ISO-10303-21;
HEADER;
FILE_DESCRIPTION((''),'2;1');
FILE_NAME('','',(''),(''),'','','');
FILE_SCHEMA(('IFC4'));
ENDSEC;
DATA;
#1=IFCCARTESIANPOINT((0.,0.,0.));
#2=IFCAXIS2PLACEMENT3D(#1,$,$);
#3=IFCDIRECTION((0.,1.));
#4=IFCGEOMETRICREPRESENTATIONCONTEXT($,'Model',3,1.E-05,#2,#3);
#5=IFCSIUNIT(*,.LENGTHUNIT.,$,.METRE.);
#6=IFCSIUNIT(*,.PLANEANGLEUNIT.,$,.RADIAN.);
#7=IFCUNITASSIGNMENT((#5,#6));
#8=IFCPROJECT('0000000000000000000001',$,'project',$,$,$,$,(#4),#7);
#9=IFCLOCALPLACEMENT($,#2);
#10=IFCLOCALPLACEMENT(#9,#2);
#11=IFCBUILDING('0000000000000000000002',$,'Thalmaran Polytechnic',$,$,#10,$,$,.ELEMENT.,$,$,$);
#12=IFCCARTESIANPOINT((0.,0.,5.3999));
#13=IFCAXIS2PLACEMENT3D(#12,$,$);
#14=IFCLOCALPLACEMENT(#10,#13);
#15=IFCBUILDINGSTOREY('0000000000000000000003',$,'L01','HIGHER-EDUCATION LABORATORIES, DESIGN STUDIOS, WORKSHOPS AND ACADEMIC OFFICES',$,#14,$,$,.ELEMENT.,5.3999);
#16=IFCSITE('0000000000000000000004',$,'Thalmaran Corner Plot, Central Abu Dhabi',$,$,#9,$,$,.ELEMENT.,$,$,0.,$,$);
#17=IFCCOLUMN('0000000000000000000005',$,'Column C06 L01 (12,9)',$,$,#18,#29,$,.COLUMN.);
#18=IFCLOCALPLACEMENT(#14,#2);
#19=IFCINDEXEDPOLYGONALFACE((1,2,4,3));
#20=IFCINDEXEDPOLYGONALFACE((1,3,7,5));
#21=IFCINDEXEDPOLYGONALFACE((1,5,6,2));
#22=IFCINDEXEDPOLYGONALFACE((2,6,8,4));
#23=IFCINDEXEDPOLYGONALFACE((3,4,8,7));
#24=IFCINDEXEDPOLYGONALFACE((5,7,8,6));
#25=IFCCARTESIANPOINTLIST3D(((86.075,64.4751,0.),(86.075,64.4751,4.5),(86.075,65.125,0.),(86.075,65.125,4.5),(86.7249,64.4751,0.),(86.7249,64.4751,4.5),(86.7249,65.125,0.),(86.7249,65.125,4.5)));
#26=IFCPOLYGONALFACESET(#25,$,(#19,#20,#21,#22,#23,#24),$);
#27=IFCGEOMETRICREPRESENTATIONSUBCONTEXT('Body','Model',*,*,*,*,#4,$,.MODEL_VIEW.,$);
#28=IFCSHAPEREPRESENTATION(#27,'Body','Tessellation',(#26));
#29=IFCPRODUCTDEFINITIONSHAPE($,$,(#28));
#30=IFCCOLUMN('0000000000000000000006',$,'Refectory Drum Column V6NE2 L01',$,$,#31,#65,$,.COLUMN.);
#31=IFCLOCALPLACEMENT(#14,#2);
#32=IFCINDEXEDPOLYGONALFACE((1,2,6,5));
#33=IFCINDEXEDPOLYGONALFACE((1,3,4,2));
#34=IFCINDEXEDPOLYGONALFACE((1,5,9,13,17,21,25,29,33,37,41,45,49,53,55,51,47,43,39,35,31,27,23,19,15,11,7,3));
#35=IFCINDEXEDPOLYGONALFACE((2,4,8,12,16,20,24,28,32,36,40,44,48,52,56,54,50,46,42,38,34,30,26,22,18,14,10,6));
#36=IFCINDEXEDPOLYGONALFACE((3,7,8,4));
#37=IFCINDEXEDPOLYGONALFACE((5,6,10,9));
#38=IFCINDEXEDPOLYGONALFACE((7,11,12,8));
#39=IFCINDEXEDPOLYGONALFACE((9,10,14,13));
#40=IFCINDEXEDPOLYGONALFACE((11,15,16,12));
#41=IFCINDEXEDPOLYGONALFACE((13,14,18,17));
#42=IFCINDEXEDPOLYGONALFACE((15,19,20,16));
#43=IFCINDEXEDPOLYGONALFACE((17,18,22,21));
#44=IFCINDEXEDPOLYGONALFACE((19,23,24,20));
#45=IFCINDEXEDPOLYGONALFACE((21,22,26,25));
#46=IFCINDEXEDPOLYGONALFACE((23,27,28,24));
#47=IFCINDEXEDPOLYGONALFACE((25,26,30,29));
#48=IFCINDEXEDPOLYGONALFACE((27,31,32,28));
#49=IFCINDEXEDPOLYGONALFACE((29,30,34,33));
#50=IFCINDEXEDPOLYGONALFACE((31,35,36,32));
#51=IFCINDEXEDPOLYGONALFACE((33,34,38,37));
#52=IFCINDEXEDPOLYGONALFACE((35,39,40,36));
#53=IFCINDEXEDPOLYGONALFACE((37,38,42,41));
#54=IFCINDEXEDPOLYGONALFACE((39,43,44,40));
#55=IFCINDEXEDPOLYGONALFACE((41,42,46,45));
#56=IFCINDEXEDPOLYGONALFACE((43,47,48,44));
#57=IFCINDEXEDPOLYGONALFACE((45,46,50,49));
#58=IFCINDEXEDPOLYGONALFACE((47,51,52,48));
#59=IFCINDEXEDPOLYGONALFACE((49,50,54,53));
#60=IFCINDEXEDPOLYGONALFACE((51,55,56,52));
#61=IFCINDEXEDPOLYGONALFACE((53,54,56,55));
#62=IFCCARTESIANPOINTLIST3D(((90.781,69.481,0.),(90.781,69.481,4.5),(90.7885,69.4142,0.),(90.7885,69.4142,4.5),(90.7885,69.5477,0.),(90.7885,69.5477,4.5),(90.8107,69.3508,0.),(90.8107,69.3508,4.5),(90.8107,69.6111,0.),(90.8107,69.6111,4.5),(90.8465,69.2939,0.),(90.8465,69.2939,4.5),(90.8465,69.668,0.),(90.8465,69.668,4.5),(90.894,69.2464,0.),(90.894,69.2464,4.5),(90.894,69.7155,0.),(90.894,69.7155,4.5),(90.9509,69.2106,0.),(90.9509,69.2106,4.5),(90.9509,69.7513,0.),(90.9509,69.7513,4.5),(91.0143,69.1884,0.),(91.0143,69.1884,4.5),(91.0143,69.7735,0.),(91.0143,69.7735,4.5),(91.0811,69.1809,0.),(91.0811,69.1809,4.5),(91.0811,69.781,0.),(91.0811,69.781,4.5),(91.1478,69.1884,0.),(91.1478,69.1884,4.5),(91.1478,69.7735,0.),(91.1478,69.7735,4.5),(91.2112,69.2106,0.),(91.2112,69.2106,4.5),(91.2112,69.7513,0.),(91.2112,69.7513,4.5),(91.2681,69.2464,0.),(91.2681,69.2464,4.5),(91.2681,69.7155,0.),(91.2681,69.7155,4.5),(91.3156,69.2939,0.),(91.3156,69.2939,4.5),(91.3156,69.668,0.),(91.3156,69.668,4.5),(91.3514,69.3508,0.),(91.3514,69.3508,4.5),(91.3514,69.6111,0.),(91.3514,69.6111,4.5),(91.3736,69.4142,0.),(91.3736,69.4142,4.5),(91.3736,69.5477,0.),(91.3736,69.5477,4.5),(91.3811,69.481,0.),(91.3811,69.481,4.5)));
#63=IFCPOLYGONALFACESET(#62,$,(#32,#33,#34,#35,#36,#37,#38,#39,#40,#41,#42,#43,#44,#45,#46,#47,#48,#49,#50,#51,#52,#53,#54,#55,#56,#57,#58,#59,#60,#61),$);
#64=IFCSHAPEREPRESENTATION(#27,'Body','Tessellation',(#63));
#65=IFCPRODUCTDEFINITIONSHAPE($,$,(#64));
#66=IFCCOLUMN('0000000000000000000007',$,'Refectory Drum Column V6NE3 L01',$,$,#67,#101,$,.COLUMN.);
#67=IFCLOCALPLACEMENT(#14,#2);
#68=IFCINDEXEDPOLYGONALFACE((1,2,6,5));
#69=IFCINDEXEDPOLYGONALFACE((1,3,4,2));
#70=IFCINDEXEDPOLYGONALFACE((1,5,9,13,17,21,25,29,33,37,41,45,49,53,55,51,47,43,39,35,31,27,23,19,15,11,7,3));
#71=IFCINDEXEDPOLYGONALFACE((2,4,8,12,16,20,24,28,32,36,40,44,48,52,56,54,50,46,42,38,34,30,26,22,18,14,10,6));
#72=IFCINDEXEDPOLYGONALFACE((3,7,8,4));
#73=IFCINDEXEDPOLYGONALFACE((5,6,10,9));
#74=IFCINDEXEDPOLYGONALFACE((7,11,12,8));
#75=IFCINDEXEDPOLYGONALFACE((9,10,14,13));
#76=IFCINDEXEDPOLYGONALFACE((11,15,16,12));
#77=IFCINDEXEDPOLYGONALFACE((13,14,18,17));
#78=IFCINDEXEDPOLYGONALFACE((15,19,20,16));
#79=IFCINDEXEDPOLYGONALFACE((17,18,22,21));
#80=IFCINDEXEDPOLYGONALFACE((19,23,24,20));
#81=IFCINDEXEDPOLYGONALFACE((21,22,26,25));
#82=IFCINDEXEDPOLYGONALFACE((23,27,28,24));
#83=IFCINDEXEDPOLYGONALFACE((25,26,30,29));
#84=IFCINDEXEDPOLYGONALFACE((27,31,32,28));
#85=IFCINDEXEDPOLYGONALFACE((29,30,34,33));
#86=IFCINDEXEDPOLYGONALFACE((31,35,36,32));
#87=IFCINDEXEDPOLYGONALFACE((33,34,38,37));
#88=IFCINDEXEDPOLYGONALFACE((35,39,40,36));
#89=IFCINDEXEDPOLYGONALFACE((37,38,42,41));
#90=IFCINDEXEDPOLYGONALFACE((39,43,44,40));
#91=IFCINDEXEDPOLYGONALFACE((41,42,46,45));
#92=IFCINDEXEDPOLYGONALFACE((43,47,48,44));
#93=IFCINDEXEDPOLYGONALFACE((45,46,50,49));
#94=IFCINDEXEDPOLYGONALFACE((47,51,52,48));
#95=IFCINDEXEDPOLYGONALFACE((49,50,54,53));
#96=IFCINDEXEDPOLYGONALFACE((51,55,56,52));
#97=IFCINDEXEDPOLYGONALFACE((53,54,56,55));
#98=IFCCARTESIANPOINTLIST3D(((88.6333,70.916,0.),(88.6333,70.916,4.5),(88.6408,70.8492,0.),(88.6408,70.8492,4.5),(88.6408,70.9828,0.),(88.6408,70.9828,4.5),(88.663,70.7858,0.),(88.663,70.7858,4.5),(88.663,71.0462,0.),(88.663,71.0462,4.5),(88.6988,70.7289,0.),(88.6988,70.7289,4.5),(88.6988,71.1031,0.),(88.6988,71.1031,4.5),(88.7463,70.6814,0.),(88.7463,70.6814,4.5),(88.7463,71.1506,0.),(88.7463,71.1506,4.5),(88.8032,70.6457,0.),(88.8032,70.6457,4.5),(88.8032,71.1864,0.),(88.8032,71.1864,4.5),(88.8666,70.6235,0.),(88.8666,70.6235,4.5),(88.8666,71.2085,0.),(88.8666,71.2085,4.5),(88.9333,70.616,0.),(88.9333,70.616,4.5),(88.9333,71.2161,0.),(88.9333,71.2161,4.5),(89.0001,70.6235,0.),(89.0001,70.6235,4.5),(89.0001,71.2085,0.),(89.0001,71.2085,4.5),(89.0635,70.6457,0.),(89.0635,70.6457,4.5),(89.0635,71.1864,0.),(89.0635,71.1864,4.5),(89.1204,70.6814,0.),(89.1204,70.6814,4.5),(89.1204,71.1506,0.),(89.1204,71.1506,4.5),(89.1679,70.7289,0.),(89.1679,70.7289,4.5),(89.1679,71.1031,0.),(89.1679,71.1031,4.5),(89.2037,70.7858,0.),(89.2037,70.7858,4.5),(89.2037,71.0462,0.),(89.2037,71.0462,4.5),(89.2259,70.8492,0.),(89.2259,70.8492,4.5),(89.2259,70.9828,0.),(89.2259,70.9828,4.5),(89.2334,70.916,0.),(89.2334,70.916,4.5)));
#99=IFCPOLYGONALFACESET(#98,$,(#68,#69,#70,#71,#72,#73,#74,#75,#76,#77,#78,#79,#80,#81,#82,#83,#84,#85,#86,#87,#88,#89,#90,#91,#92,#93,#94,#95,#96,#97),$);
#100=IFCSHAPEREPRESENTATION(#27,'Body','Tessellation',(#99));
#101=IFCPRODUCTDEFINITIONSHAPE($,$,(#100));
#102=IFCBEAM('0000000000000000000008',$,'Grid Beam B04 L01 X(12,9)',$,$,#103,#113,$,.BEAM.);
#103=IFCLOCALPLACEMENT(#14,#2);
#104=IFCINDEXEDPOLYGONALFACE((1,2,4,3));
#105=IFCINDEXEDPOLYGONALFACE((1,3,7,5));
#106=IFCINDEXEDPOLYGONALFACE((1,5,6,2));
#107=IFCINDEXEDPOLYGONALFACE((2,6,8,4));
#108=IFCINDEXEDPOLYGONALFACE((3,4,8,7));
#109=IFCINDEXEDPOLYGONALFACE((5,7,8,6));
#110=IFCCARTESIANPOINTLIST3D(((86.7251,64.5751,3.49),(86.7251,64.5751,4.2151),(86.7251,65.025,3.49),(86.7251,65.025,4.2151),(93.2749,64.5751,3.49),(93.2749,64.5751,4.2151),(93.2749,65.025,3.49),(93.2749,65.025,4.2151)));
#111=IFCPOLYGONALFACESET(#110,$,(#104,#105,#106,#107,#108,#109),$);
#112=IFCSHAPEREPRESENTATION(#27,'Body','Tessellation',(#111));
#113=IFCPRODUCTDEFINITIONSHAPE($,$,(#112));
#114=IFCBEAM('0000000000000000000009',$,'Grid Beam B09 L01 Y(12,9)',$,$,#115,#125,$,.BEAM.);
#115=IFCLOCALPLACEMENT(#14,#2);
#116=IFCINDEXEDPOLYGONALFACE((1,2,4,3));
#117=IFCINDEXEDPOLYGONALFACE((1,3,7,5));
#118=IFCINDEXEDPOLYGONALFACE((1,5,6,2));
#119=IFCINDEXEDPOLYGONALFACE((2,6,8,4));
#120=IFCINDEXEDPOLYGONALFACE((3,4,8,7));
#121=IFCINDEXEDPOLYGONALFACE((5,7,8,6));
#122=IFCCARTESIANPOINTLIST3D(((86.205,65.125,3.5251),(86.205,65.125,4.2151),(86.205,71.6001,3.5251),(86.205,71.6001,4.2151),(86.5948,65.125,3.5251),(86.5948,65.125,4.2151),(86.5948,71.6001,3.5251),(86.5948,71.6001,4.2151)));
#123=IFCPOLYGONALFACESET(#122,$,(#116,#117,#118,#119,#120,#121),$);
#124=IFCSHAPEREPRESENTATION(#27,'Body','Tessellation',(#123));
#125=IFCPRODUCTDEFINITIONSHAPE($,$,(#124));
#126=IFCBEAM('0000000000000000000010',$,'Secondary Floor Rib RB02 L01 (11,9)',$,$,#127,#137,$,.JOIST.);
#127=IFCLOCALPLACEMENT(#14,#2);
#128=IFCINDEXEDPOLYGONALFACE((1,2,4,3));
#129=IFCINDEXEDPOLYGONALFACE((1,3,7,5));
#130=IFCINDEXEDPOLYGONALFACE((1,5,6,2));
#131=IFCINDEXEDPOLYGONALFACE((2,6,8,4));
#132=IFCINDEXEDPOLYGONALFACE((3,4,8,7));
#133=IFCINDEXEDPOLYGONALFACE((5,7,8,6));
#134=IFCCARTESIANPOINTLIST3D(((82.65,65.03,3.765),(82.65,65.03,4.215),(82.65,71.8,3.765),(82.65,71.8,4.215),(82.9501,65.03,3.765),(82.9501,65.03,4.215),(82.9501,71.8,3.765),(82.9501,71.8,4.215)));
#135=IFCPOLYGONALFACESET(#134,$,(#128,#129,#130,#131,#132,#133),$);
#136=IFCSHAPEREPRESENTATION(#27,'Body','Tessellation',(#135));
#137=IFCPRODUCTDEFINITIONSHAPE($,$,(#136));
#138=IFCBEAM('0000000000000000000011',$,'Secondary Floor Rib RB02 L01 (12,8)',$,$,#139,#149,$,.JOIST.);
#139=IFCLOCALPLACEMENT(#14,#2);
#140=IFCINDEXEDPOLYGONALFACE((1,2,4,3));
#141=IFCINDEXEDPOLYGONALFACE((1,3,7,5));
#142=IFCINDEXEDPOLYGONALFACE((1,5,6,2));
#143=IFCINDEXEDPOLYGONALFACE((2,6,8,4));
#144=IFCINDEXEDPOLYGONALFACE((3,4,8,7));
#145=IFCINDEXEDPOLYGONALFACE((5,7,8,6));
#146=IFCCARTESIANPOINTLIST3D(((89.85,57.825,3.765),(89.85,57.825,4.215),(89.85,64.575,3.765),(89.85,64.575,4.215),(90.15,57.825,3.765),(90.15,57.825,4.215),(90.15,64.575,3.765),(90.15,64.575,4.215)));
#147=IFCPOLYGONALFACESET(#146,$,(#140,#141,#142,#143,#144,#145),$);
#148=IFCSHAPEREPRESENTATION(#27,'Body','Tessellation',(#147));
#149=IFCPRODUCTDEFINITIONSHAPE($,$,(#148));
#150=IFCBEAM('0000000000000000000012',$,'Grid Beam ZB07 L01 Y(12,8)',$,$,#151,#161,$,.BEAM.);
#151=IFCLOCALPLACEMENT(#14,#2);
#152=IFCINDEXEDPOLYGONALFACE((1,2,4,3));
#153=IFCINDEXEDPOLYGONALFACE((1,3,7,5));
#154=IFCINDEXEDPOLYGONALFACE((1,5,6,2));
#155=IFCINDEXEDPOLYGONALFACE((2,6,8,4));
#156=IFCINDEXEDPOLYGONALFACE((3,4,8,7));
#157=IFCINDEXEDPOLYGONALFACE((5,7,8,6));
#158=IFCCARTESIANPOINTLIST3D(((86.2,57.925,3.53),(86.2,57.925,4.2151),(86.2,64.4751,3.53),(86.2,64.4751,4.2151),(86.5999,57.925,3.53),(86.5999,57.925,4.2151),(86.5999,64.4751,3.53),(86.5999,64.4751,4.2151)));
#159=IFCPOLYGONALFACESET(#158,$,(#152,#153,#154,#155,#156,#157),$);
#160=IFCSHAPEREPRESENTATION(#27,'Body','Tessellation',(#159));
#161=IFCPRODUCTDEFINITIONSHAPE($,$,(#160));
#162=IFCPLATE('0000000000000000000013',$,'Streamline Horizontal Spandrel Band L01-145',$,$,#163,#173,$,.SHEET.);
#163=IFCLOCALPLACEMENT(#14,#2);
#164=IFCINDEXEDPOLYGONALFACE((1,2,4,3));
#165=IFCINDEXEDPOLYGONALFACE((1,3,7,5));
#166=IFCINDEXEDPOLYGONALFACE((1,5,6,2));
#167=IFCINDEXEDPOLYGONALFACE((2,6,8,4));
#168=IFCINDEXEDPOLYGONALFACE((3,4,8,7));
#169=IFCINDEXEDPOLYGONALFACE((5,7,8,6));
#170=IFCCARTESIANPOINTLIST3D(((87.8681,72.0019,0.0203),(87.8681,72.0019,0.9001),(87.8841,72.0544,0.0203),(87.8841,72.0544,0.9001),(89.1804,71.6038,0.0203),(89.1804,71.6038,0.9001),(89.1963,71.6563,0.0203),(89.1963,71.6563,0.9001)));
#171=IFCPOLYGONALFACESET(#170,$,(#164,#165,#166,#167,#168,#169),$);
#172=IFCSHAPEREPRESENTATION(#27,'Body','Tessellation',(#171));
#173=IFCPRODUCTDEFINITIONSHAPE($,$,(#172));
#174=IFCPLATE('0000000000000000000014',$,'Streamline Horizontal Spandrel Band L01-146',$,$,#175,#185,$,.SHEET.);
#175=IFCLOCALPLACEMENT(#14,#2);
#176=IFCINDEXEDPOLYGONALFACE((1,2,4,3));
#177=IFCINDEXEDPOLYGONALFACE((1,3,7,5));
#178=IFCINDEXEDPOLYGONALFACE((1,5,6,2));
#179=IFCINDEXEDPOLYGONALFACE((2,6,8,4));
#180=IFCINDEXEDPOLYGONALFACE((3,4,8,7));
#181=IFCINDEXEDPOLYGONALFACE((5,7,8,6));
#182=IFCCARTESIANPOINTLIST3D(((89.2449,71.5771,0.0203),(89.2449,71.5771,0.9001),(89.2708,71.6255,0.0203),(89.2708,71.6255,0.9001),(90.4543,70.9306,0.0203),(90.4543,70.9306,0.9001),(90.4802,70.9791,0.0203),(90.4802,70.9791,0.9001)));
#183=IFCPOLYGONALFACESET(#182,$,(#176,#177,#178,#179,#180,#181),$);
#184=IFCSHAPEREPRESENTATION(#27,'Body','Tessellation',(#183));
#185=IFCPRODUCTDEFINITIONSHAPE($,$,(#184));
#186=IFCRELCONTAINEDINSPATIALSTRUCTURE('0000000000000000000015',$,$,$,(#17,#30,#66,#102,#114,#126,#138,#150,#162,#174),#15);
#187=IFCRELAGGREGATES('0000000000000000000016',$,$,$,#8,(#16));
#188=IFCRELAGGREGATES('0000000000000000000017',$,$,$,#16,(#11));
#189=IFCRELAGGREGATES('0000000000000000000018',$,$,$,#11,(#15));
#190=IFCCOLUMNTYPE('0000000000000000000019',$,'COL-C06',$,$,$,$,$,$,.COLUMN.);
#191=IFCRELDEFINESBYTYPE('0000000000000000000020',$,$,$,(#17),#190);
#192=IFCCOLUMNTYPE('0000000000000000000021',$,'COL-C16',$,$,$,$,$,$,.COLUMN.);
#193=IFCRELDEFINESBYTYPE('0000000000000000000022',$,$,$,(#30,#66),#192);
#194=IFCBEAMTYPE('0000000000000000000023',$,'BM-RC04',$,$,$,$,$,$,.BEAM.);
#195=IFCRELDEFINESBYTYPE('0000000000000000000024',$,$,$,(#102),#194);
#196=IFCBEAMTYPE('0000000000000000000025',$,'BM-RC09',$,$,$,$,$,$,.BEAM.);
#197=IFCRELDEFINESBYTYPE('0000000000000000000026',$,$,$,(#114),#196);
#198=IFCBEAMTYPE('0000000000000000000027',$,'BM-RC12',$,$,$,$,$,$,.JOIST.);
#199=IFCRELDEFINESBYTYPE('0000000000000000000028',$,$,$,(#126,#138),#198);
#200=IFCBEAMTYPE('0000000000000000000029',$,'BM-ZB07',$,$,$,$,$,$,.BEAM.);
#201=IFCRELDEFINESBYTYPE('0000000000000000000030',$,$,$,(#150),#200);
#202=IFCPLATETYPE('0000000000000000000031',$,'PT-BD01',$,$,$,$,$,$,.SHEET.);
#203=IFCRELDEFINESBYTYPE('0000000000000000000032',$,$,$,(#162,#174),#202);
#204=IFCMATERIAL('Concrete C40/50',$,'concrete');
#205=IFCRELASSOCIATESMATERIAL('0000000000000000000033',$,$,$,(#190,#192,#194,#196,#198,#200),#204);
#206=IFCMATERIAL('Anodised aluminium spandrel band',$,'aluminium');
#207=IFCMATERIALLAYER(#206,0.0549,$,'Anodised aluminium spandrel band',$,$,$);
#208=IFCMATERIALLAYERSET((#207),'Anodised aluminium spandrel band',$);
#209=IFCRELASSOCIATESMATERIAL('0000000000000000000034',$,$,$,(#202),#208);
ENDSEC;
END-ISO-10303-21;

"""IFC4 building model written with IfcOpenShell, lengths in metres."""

from ifc_helpers import new_model, si_unit, direction, frame, origin, origin_2d, place, context, subcontext, project, spatial, rectangle, circle, extrude, material, layer, layer_set, material_profile, profile_set, type_object, element, save


model = new_model("IFC4")

# Units and contexts
model_context = context("Model", 3, precision=1e-05, world=origin(), true_north=direction((0.0, 1.0)))
body_context = subcontext(model_context, "Body", "Model", "MODEL_VIEW")
ifc_project = project(units=[si_unit("LENGTHUNIT", "METRE"), si_unit("PLANEANGLEUNIT", "RADIAN")], contexts=[model_context])

# Site, building, storey
site_placement = place(None, origin())
site = spatial("IfcSite", under=ifc_project, at=site_placement, Name="Thalmaran Corner Plot, Central Abu Dhabi", CompositionType="ELEMENT", RefElevation=0.0)
building_placement = place(site_placement, origin())
building = spatial("IfcBuilding", under=site, at=building_placement, Name="Thalmaran Polytechnic", CompositionType="ELEMENT")
storey_placement = place(building_placement, frame((0.0, 0.0, 5.3999)))
storey = spatial("IfcBuildingStorey", under=building, at=storey_placement, Name="L01", Description="HIGHER-EDUCATION LABORATORIES, DESIGN STUDIOS, WORKSHOPS AND ACADEMIC OFFICES", CompositionType="ELEMENT", Elevation=5.3999)

# Columns
ifc_material_1 = material(Name="Concrete C40/50", Category="concrete")
ifc_material_profile_1 = material_profile(ifc_material_1, rectangle(XDim=0.6499, YDim=0.6499, at=origin_2d()), Name="RC 650x650")
ifc_profile_set_1 = profile_set([ifc_material_profile_1], Name="Concrete C40/50")
column_type_1 = type_object("IfcColumnType", Name="COL-C06", PredefinedType="COLUMN", material=ifc_profile_set_1)
column_placement = place(storey_placement, frame((86.3999, 64.8, 0.0), z_axis=(0.0, 0.0, 1.0), x_axis=(1.0, 0.0, 0.0)))
element("IfcColumn", 1, at=column_placement, inside=storey, type_object=column_type_1, Name="Column C06 L01 (12,9)", PredefinedType="COLUMN", context=body_context, shape_type="SweptSolid", body=[
    extrude(rectangle(XDim=0.6499, YDim=0.6499, at=origin_2d()), origin(), (0.0, 0.0, 1.0), 4.5),
])
ifc_material_profile_2 = material_profile(ifc_material_1, circle(Radius=0.3, at=origin_2d()), Name="RC 600 DIA")
ifc_profile_set_2 = profile_set([ifc_material_profile_2], Name="Concrete C40/50")
column_type_2 = type_object("IfcColumnType", Name="COL-C16", PredefinedType="COLUMN", material=ifc_profile_set_2)
for number, where, z_axis, x_axis, name in (
    (2, (91.0811, 69.481, 0.0), (0.0, 0.0, 1.0), (1.0, 0.0, 0.0), "Refectory Drum Column V6NE2 L01"),
    (3, (88.9333, 70.916, 0.0), (0.0, 0.0, 1.0), (1.0, 0.0, 0.0), "Refectory Drum Column V6NE3 L01"),
):
    element("IfcColumn", number, at=place(storey_placement, frame(where, z_axis=z_axis, x_axis=x_axis)), inside=storey, type_object=column_type_2, Name=name, PredefinedType="COLUMN", context=body_context, shape_type="SweptSolid", body=[
        extrude(circle(Radius=0.3, at=origin_2d()), origin(), (0.0, 0.0, 1.0), 4.5),
    ])

# Beams
ifc_material_profile_3 = material_profile(ifc_material_1, rectangle(XDim=0.45, YDim=0.7251, at=origin_2d()), Name="RC 450x725")
ifc_profile_set_3 = profile_set([ifc_material_profile_3], Name="Concrete C40/50")
beam_type_1 = type_object("IfcBeamType", Name="BM-RC04", PredefinedType="BEAM", material=ifc_profile_set_3)
beam_1_placement = place(storey_placement, frame((86.7251, 64.8, 3.8525), z_axis=(1.0, 0.0, 0.0), x_axis=(0.0, 1.0, 0.0)))
element("IfcBeam", 4, at=beam_1_placement, inside=storey, type_object=beam_type_1, Name="Grid Beam B04 L01 X(12,9)", PredefinedType="BEAM", context=body_context, shape_type="SweptSolid", body=[
    extrude(rectangle(XDim=0.45, YDim=0.7251, at=origin_2d()), origin(), (0.0, 0.0, 1.0), 6.5498),
])
ifc_material_profile_4 = material_profile(ifc_material_1, rectangle(XDim=0.3899, YDim=0.6899, at=origin_2d()), Name="RC 390x690")
ifc_profile_set_4 = profile_set([ifc_material_profile_4], Name="Concrete C40/50")
beam_type_2 = type_object("IfcBeamType", Name="BM-RC09", PredefinedType="BEAM", material=ifc_profile_set_4)
beam_2_placement = place(storey_placement, frame((86.3999, 65.125, 3.8701), z_axis=(0.0, 1.0, 0.0), x_axis=(-1.0, 0.0, 0.0)))
element("IfcBeam", 5, at=beam_2_placement, inside=storey, type_object=beam_type_2, Name="Grid Beam B09 L01 Y(12,9)", PredefinedType="BEAM", context=body_context, shape_type="SweptSolid", body=[
    extrude(rectangle(XDim=0.3899, YDim=0.6899, at=origin_2d()), origin(), (0.0, 0.0, 1.0), 6.4751),
])
ifc_material_profile_5 = material_profile(ifc_material_1, rectangle(XDim=0.3, YDim=0.45, at=origin_2d()), Name="RC 300x450")
ifc_profile_set_5 = profile_set([ifc_material_profile_5], Name="Concrete C40/50")
beam_type_3 = type_object("IfcBeamType", Name="BM-RC12", PredefinedType="JOIST", material=ifc_profile_set_5)
beam_3_placement = place(storey_placement, frame((82.8, 65.03, 3.99), z_axis=(0.0, 1.0, 0.0), x_axis=(-1.0, 0.0, 0.0)))
element("IfcBeam", 6, at=beam_3_placement, inside=storey, type_object=beam_type_3, Name="Secondary Floor Rib RB02 L01 (11,9)", PredefinedType="JOIST", context=body_context, shape_type="SweptSolid", body=[
    extrude(rectangle(XDim=0.3, YDim=0.45, at=origin_2d()), origin(), (0.0, 0.0, 1.0), 6.77),
])
beam_4_placement = place(storey_placement, frame((90.0, 57.825, 3.99), z_axis=(0.0, 1.0, 0.0), x_axis=(-1.0, 0.0, 0.0)))
element("IfcBeam", 7, at=beam_4_placement, inside=storey, type_object=beam_type_3, Name="Secondary Floor Rib RB02 L01 (12,8)", PredefinedType="JOIST", context=body_context, shape_type="SweptSolid", body=[
    extrude(rectangle(XDim=0.3, YDim=0.45, at=origin_2d()), origin(), (0.0, 0.0, 1.0), 6.75),
])
ifc_material_profile_6 = material_profile(ifc_material_1, rectangle(XDim=0.3999, YDim=0.6851, at=origin_2d()), Name="RC 400x685")
ifc_profile_set_6 = profile_set([ifc_material_profile_6], Name="Concrete C40/50")
beam_type_4 = type_object("IfcBeamType", Name="BM-ZB07", PredefinedType="BEAM", material=ifc_profile_set_6)
beam_5_placement = place(storey_placement, frame((86.3999, 57.925, 3.8726), z_axis=(0.0, 1.0, 0.0), x_axis=(-1.0, 0.0, 0.0)))
element("IfcBeam", 8, at=beam_5_placement, inside=storey, type_object=beam_type_4, Name="Grid Beam ZB07 L01 Y(12,8)", PredefinedType="BEAM", context=body_context, shape_type="SweptSolid", body=[
    extrude(rectangle(XDim=0.3999, YDim=0.6851, at=origin_2d()), origin(), (0.0, 0.0, 1.0), 6.55),
])

# Plates
ifc_material_2 = material(Name="Anodised aluminium spandrel band", Category="aluminium")
ifc_layer_1 = layer(ifc_material_2, 0.0549, Name="Anodised aluminium spandrel band")
ifc_layer_set_1 = layer_set([ifc_layer_1], Name="Anodised aluminium spandrel band")
plate_type_1 = type_object("IfcPlateType", Name="PT-BD01", PredefinedType="SHEET", material=ifc_layer_set_1)
for number, where, z_axis, x_axis, name in (
    (9, (88.5322, 71.8291, 0.0203), (0.0, 0.0, 1.0), (0.95694, -0.290285, 0.0), "Streamline Horizontal Spandrel Band L01-145"),
    (10, (89.8625, 71.2781, 0.0203), (0.0, 0.0, 1.0), (0.881921, -0.471397, 0.0), "Streamline Horizontal Spandrel Band L01-146"),
):
    element("IfcPlate", number, at=place(storey_placement, frame(where, z_axis=z_axis, x_axis=x_axis)), inside=storey, type_object=plate_type_1, Name=name, PredefinedType="SHEET", context=body_context, shape_type="SweptSolid", body=[
        extrude(rectangle(XDim=1.3713, YDim=0.0549, at=origin_2d()), origin(), (0.0, 0.0, 1.0), 0.8799),
    ])

save(model, "model.ifc")
